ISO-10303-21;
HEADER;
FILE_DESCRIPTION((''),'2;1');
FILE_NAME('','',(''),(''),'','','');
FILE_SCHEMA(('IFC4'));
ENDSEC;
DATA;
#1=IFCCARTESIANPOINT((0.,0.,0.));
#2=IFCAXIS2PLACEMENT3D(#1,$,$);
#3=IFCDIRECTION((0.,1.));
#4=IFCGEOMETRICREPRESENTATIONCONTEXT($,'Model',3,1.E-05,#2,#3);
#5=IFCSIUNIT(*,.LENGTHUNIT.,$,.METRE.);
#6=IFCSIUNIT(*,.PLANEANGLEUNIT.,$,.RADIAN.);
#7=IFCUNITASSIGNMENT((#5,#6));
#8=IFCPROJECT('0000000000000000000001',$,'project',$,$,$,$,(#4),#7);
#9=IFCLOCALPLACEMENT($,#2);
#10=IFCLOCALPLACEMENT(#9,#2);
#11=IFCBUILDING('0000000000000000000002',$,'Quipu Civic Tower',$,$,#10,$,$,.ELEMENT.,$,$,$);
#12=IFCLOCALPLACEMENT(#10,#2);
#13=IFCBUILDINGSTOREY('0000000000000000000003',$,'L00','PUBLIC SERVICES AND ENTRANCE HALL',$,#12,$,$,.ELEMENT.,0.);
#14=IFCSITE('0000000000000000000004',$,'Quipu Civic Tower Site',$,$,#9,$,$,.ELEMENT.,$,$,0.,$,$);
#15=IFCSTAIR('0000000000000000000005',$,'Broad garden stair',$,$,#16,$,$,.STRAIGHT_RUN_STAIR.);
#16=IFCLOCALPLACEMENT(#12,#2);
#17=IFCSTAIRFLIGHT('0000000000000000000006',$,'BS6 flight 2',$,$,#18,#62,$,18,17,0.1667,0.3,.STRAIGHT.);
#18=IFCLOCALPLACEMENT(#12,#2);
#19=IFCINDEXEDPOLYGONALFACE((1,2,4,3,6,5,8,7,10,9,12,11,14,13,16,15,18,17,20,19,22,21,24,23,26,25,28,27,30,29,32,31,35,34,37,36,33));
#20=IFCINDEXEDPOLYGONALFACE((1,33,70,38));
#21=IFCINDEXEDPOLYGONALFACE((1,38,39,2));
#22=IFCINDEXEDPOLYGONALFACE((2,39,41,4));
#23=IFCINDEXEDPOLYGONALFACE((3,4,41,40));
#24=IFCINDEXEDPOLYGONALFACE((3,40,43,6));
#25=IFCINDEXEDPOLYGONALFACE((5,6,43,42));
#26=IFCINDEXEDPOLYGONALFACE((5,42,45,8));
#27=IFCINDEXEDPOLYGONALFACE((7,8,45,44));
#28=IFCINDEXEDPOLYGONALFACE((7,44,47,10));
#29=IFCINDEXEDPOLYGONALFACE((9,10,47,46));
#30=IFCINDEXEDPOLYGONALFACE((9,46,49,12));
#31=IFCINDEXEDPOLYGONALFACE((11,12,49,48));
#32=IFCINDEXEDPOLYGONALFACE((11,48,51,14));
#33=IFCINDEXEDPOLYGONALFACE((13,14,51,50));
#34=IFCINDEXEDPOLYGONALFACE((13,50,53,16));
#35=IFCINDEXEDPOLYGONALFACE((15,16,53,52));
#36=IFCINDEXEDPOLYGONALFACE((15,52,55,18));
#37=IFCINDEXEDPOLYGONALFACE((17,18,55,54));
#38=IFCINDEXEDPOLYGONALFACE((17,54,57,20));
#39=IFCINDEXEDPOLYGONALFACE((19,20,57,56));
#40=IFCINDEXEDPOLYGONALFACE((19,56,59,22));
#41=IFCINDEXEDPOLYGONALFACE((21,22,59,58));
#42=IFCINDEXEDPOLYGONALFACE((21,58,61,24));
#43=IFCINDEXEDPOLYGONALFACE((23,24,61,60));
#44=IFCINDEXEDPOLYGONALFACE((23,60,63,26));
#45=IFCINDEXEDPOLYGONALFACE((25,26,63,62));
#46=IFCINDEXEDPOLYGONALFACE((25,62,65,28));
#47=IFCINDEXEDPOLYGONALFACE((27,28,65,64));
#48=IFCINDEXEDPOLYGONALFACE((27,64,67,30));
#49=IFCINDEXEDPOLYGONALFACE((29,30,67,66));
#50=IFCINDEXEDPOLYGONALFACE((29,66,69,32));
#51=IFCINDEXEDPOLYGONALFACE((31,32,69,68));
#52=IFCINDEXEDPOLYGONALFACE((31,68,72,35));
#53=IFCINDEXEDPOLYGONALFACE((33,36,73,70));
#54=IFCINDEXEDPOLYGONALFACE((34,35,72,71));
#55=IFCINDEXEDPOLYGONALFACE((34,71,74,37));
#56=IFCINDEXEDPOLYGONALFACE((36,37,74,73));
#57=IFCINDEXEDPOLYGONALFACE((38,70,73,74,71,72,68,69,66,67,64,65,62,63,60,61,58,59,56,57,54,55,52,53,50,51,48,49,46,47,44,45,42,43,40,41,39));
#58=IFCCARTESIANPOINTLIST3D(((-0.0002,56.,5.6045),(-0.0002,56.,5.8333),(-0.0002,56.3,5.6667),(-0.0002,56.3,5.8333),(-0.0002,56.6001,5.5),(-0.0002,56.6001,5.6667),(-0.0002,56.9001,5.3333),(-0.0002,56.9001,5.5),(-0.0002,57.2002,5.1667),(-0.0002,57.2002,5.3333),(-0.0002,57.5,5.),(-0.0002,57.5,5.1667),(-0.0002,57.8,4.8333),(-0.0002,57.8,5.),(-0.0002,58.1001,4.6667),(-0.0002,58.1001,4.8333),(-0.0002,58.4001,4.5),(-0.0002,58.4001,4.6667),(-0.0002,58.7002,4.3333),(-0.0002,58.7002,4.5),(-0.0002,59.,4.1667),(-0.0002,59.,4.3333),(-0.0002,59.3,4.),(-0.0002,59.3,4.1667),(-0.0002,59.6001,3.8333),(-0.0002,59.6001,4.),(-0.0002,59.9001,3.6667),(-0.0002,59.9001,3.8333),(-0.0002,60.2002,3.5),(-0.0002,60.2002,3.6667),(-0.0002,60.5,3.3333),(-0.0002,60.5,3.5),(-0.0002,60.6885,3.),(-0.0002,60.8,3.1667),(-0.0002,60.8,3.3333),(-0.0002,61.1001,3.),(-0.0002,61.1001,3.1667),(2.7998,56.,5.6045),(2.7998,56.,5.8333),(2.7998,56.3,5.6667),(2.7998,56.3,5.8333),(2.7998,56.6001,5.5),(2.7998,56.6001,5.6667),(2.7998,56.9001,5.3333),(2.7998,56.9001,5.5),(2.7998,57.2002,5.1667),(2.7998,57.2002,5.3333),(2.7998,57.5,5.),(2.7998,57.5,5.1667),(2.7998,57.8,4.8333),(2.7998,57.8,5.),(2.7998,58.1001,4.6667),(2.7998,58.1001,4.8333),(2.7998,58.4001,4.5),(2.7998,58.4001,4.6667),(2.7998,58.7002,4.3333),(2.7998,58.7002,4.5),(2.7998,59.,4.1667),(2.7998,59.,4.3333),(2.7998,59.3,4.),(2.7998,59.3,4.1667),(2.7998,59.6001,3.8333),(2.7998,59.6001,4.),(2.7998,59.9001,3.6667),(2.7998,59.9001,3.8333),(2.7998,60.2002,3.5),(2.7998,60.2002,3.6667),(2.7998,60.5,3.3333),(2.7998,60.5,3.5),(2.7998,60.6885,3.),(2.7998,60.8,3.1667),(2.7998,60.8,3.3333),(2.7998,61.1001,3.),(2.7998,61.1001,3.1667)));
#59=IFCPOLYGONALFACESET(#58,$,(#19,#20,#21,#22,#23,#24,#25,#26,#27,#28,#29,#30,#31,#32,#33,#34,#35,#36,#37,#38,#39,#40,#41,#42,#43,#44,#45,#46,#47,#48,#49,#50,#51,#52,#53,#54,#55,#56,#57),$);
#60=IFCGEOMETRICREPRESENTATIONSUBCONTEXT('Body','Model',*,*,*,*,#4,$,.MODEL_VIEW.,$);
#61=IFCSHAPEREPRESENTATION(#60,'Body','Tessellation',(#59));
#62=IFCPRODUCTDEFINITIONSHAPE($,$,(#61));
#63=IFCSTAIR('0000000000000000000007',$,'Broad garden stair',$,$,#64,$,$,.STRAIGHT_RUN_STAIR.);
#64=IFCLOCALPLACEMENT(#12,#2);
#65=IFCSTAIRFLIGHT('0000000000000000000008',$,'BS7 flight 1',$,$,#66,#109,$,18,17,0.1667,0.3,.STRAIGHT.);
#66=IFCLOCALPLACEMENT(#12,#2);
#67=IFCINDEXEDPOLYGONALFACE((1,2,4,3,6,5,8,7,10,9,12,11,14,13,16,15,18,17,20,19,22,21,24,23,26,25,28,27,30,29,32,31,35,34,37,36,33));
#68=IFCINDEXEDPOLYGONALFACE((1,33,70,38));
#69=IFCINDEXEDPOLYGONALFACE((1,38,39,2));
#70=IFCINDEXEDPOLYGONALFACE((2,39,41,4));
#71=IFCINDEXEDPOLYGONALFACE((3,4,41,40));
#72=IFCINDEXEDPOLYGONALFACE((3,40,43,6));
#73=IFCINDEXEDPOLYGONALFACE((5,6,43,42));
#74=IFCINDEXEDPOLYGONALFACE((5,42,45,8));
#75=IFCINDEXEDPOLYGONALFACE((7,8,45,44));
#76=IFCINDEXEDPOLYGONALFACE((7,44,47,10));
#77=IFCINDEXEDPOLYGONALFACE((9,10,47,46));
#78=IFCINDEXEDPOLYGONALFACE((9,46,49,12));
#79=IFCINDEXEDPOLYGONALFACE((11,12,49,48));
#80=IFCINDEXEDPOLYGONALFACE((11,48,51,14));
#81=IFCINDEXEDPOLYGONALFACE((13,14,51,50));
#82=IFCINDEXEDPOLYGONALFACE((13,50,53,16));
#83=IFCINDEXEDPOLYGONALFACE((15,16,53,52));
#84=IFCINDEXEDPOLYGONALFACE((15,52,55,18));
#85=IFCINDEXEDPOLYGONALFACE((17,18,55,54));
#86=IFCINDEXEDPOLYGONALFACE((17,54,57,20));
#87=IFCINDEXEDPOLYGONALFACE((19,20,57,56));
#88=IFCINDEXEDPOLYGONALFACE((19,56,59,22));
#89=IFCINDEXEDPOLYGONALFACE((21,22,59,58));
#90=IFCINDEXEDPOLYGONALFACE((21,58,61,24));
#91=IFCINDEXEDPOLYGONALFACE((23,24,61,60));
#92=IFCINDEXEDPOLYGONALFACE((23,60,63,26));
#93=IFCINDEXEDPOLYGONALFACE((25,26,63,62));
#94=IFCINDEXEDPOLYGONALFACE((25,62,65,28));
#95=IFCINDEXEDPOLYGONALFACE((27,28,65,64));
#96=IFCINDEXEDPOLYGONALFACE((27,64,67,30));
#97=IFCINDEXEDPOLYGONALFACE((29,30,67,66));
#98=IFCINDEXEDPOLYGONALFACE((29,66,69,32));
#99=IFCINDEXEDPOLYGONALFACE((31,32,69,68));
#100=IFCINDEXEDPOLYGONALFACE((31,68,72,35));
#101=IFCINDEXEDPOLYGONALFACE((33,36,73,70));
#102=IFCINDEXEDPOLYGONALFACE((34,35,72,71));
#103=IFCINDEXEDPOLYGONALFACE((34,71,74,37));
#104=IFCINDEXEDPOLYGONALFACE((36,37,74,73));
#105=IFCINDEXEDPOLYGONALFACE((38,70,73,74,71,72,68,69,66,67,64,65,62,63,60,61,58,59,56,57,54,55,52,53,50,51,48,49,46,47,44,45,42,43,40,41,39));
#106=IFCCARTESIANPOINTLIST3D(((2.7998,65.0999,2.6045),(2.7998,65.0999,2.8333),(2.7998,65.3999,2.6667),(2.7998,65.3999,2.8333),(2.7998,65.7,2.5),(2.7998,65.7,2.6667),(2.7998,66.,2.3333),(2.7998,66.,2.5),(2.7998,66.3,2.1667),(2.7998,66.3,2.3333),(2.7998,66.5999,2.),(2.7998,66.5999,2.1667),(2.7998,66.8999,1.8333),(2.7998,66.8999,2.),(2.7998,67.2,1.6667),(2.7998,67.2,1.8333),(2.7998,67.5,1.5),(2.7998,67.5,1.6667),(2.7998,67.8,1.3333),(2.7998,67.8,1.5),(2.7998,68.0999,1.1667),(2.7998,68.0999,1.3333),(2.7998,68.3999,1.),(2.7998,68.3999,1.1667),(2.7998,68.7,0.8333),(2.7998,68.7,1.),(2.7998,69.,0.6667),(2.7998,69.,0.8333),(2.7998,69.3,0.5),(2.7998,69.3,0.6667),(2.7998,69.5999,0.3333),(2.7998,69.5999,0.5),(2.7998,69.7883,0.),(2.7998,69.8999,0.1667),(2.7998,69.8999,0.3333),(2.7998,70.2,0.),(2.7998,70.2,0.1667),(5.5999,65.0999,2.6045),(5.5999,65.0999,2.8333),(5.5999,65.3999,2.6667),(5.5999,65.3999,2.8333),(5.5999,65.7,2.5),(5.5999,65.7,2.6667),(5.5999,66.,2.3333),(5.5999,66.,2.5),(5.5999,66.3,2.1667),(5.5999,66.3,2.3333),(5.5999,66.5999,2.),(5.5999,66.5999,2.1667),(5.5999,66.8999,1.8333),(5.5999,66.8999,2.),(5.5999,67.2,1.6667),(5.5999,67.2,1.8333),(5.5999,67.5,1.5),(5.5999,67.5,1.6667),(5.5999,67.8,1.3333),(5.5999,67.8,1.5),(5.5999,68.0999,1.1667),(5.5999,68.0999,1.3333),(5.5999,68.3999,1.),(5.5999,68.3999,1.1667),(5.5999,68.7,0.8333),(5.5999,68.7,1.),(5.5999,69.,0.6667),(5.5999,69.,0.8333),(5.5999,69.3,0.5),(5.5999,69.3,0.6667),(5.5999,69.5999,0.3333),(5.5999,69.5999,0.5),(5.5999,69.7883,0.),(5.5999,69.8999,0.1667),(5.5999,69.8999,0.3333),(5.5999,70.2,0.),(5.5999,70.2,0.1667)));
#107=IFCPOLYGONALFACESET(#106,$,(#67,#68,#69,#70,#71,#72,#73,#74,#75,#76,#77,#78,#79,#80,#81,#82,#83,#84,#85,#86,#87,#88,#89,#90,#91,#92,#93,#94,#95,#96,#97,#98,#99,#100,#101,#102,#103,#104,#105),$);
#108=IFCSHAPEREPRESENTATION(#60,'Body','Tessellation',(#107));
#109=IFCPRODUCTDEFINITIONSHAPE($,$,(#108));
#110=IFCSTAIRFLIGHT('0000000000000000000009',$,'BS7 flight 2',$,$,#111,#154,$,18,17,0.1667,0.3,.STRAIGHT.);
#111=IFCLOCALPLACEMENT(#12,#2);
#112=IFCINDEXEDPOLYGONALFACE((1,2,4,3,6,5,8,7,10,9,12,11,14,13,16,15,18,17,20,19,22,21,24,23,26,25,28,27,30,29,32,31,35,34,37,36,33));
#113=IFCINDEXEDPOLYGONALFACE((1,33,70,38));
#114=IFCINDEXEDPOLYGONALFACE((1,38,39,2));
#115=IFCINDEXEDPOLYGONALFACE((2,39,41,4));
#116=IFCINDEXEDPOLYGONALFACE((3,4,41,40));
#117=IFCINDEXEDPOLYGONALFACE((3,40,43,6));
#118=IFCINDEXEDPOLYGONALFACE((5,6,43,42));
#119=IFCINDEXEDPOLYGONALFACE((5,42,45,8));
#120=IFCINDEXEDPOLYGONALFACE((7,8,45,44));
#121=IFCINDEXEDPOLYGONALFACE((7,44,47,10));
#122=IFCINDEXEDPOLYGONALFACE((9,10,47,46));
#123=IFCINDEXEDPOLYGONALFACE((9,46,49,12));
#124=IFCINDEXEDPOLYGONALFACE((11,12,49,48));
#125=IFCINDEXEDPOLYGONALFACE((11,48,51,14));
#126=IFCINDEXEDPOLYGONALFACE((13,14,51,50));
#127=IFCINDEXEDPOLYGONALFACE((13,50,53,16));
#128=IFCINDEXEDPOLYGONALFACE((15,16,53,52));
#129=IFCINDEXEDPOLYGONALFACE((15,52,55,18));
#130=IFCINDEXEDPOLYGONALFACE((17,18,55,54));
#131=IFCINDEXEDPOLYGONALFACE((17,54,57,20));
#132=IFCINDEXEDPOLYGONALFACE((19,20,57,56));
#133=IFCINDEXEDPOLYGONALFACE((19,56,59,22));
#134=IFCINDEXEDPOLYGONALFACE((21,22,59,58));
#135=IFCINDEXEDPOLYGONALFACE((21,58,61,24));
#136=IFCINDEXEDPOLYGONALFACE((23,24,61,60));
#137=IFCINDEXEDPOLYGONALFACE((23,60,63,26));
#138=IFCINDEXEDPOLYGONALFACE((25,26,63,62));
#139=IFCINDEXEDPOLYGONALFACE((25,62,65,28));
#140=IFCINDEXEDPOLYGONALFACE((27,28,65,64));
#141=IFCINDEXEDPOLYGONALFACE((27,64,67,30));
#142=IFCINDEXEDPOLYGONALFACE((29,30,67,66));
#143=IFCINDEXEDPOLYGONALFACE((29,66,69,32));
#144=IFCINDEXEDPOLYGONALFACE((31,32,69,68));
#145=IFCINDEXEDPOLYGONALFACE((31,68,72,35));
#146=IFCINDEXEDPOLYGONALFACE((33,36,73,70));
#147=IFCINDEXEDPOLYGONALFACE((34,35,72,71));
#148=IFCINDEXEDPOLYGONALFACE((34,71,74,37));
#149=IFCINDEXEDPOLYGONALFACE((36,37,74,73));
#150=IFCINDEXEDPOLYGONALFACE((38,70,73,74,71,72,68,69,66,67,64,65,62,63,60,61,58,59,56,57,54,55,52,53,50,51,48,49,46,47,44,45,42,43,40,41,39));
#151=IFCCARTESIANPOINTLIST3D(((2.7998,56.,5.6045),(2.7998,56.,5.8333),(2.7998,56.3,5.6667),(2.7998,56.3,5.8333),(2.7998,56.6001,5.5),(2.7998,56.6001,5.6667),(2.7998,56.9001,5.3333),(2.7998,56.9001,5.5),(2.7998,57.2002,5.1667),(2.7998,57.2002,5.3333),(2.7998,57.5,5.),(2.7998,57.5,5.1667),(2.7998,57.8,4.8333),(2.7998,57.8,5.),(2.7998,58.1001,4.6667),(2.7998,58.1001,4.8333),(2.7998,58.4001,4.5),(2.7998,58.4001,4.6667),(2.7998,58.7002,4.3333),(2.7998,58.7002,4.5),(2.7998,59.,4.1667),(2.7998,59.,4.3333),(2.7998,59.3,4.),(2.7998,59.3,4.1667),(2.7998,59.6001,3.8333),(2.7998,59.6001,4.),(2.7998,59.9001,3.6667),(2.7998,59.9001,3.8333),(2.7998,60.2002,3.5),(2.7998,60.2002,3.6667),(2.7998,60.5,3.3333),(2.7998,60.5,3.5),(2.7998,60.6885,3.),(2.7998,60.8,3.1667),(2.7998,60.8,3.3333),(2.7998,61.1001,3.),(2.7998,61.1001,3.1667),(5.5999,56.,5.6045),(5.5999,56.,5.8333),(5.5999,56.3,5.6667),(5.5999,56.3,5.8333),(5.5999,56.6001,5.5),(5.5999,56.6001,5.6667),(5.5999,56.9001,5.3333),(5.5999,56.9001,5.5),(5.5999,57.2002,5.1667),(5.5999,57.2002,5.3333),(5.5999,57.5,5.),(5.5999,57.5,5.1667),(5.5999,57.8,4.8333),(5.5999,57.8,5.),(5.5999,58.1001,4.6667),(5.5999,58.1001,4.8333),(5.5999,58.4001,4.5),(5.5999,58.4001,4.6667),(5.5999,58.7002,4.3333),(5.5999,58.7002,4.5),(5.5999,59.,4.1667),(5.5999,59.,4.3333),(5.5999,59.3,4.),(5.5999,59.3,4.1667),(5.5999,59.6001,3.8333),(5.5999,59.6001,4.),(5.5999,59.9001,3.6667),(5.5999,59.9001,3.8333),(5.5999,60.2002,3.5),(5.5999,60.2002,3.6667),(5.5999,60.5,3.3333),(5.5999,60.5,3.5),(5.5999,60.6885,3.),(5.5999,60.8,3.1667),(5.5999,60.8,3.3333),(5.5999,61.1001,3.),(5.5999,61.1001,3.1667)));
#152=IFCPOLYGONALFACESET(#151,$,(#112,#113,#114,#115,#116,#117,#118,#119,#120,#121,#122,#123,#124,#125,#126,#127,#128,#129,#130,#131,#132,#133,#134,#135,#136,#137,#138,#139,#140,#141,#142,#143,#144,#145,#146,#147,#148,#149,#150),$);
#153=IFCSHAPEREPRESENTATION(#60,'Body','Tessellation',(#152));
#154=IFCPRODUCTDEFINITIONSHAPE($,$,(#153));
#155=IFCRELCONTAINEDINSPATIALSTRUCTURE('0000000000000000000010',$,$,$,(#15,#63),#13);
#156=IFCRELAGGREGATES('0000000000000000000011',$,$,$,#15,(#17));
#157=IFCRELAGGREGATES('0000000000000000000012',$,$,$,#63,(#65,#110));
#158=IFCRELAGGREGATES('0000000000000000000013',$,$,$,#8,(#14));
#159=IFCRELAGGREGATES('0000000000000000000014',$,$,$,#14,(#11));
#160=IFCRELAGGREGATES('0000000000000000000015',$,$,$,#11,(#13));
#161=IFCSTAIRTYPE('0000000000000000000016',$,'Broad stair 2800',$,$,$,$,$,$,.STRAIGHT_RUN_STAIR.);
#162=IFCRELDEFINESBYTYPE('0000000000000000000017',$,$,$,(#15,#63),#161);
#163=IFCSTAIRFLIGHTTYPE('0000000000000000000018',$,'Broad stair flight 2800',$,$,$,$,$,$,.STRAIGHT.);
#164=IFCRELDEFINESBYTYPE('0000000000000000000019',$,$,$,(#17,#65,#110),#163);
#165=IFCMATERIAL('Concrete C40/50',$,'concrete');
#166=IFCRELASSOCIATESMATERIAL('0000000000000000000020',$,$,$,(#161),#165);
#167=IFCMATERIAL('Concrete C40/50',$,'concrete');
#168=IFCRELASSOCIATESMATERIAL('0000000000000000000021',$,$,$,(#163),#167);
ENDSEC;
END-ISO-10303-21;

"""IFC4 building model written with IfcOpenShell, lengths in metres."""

from ifc_helpers import new_model, si_unit, direction, frame, origin, place, context, subcontext, project, spatial, polyline, outline, extrude, material, type_object, element, aggregate, save


model = new_model("IFC4")

# Units and contexts
model_context = context("Model", 3, precision=1e-05, world=origin(), true_north=direction((0.0, 1.0)))
body_context = subcontext(model_context, "Body", "Model", "MODEL_VIEW")
ifc_project = project(units=[si_unit("LENGTHUNIT", "METRE"), si_unit("PLANEANGLEUNIT", "RADIAN")], contexts=[model_context])

# Site, building, storey
site_placement = place(None, origin())
site = spatial("IfcSite", under=ifc_project, at=site_placement, Name="Quipu Civic Tower Site", CompositionType="ELEMENT", RefElevation=0.0)
building_placement = place(site_placement, origin())
building = spatial("IfcBuilding", under=site, at=building_placement, Name="Quipu Civic Tower", CompositionType="ELEMENT")
storey_placement = place(building_placement, origin())
storey = spatial("IfcBuildingStorey", under=building, at=storey_placement, Name="L00", Description="PUBLIC SERVICES AND ENTRANCE HALL", CompositionType="ELEMENT", Elevation=0.0)

# Stairs, stair flights
ifc_material_1 = material(Name="Concrete C40/50", Category="concrete")
stair_type = type_object("IfcStairType", Name="Broad stair 2800", PredefinedType="STRAIGHT_RUN_STAIR", material=ifc_material_1)
stair_1_placement = place(storey_placement, origin())
stair_1 = element("IfcStair", 1, at=stair_1_placement, inside=storey, type_object=stair_type, Name="Broad garden stair", PredefinedType="STRAIGHT_RUN_STAIR")
ifc_material_2 = material(Name="Concrete C40/50", Category="concrete")
stair_flight_type = type_object("IfcStairFlightType", Name="Broad stair flight 2800", PredefinedType="STRAIGHT", material=ifc_material_2)
stair_flight_1_placement = place(storey_placement, frame((1.3999, 61.1001, 3.0), z_axis=(0.0, 0.0, 1.0), x_axis=(0.0, -1.0, 0.0)))
stair_flight_1 = element("IfcStairFlight", 2, at=stair_flight_1_placement, type_object=stair_flight_type, Name="BS6 flight 2", NumberOfRisers=18, NumberOfTreads=17, PredefinedType="STRAIGHT", RiserHeight=0.1667, TreadLength=0.3, context=body_context, shape_type="SweptSolid", body=[
    extrude(outline(polyline([(0.0, 0.0), (0.0, 0.1667), (0.3, 0.1667), (0.3, 0.3333), (0.6001, 0.3333), (0.6001, 0.5), (0.8999, 0.5), (0.8999, 0.6667), (1.2, 0.6667), (1.2, 0.8333), (1.5, 0.8333), (1.5, 1.0), (1.8, 1.0), (1.8, 1.1667), (2.1001, 1.1667), (2.1001, 1.3333), (2.3999, 1.3333), (2.3999, 1.5), (2.7, 1.5), (2.7, 1.6667), (3.0, 1.6667), (3.0, 1.8333), (3.3, 1.8333), (3.3, 2.0), (3.6001, 2.0), (3.6001, 2.1667), (3.8999, 2.1667), (3.8999, 2.3333), (4.2, 2.3333), (4.2, 2.5), (4.5, 2.5), (4.5, 2.6667), (4.8, 2.6667), (4.8, 2.8333), (5.1001, 2.8333), (5.1001, 3.0), (5.1001, 2.6045), (0.4116, 0.0), (0.0, 0.0)])), frame((0.0, 1.3999, 0.0), z_axis=(0.0, -1.0, 0.0), x_axis=(1.0, 0.0, 0.0)), (0.0, 0.0, 1.0), 2.8),
])
aggregate(stair_1, [stair_flight_1])
stair_2_placement = place(storey_placement, origin())
stair_2 = element("IfcStair", 3, at=stair_2_placement, inside=storey, type_object=stair_type, Name="Broad garden stair", PredefinedType="STRAIGHT_RUN_STAIR")
stair_flight_2_placement = place(storey_placement, frame((4.2, 70.2, 0.0), z_axis=(0.0, 0.0, 1.0), x_axis=(0.0, -1.0, 0.0)))
stair_flight_2 = element("IfcStairFlight", 4, at=stair_flight_2_placement, type_object=stair_flight_type, Name="BS7 flight 1", NumberOfRisers=18, NumberOfTreads=17, PredefinedType="STRAIGHT", RiserHeight=0.1667, TreadLength=0.3, context=body_context, shape_type="SweptSolid", body=[
    extrude(outline(polyline([(0.0, 0.0), (0.0, 0.1667), (0.3, 0.1667), (0.3, 0.3333), (0.6001, 0.3333), (0.6001, 0.5), (0.8999, 0.5), (0.8999, 0.6667), (1.2, 0.6667), (1.2, 0.8333), (1.5, 0.8333), (1.5, 1.0), (1.8, 1.0), (1.8, 1.1667), (2.1001, 1.1667), (2.1001, 1.3333), (2.3999, 1.3333), (2.3999, 1.5), (2.7, 1.5), (2.7, 1.6667), (3.0, 1.6667), (3.0, 1.8333), (3.3, 1.8333), (3.3, 2.0), (3.6001, 2.0), (3.6001, 2.1667), (3.8999, 2.1667), (3.8999, 2.3333), (4.2, 2.3333), (4.2, 2.5), (4.5, 2.5), (4.5, 2.6667), (4.8, 2.6667), (4.8, 2.8333), (5.1001, 2.8333), (5.1001, 3.0), (5.1001, 2.6045), (0.4116, 0.0), (0.0, 0.0)])), frame((0.0, 1.3999, 0.0), z_axis=(0.0, -1.0, 0.0), x_axis=(1.0, 0.0, 0.0)), (0.0, 0.0, 1.0), 2.8),
])
stair_flight_3_placement = place(storey_placement, frame((4.2, 61.1001, 3.0), z_axis=(0.0, 0.0, 1.0), x_axis=(0.0, -1.0, 0.0)))
stair_flight_3 = element("IfcStairFlight", 5, at=stair_flight_3_placement, type_object=stair_flight_type, Name="BS7 flight 2", NumberOfRisers=18, NumberOfTreads=17, PredefinedType="STRAIGHT", RiserHeight=0.1667, TreadLength=0.3, context=body_context, shape_type="SweptSolid", body=[
    extrude(outline(polyline([(0.0, 0.0), (0.0, 0.1667), (0.3, 0.1667), (0.3, 0.3333), (0.6001, 0.3333), (0.6001, 0.5), (0.8999, 0.5), (0.8999, 0.6667), (1.2, 0.6667), (1.2, 0.8333), (1.5, 0.8333), (1.5, 1.0), (1.8, 1.0), (1.8, 1.1667), (2.1001, 1.1667), (2.1001, 1.3333), (2.3999, 1.3333), (2.3999, 1.5), (2.7, 1.5), (2.7, 1.6667), (3.0, 1.6667), (3.0, 1.8333), (3.3, 1.8333), (3.3, 2.0), (3.6001, 2.0), (3.6001, 2.1667), (3.8999, 2.1667), (3.8999, 2.3333), (4.2, 2.3333), (4.2, 2.5), (4.5, 2.5), (4.5, 2.6667), (4.8, 2.6667), (4.8, 2.8333), (5.1001, 2.8333), (5.1001, 3.0), (5.1001, 2.6045), (0.4116, 0.0), (0.0, 0.0)])), frame((0.0, 1.3999, 0.0), z_axis=(0.0, -1.0, 0.0), x_axis=(1.0, 0.0, 0.0)), (0.0, 0.0, 1.0), 2.8),
])
aggregate(stair_2, [stair_flight_2, stair_flight_3])

save(model, "model.ifc")
